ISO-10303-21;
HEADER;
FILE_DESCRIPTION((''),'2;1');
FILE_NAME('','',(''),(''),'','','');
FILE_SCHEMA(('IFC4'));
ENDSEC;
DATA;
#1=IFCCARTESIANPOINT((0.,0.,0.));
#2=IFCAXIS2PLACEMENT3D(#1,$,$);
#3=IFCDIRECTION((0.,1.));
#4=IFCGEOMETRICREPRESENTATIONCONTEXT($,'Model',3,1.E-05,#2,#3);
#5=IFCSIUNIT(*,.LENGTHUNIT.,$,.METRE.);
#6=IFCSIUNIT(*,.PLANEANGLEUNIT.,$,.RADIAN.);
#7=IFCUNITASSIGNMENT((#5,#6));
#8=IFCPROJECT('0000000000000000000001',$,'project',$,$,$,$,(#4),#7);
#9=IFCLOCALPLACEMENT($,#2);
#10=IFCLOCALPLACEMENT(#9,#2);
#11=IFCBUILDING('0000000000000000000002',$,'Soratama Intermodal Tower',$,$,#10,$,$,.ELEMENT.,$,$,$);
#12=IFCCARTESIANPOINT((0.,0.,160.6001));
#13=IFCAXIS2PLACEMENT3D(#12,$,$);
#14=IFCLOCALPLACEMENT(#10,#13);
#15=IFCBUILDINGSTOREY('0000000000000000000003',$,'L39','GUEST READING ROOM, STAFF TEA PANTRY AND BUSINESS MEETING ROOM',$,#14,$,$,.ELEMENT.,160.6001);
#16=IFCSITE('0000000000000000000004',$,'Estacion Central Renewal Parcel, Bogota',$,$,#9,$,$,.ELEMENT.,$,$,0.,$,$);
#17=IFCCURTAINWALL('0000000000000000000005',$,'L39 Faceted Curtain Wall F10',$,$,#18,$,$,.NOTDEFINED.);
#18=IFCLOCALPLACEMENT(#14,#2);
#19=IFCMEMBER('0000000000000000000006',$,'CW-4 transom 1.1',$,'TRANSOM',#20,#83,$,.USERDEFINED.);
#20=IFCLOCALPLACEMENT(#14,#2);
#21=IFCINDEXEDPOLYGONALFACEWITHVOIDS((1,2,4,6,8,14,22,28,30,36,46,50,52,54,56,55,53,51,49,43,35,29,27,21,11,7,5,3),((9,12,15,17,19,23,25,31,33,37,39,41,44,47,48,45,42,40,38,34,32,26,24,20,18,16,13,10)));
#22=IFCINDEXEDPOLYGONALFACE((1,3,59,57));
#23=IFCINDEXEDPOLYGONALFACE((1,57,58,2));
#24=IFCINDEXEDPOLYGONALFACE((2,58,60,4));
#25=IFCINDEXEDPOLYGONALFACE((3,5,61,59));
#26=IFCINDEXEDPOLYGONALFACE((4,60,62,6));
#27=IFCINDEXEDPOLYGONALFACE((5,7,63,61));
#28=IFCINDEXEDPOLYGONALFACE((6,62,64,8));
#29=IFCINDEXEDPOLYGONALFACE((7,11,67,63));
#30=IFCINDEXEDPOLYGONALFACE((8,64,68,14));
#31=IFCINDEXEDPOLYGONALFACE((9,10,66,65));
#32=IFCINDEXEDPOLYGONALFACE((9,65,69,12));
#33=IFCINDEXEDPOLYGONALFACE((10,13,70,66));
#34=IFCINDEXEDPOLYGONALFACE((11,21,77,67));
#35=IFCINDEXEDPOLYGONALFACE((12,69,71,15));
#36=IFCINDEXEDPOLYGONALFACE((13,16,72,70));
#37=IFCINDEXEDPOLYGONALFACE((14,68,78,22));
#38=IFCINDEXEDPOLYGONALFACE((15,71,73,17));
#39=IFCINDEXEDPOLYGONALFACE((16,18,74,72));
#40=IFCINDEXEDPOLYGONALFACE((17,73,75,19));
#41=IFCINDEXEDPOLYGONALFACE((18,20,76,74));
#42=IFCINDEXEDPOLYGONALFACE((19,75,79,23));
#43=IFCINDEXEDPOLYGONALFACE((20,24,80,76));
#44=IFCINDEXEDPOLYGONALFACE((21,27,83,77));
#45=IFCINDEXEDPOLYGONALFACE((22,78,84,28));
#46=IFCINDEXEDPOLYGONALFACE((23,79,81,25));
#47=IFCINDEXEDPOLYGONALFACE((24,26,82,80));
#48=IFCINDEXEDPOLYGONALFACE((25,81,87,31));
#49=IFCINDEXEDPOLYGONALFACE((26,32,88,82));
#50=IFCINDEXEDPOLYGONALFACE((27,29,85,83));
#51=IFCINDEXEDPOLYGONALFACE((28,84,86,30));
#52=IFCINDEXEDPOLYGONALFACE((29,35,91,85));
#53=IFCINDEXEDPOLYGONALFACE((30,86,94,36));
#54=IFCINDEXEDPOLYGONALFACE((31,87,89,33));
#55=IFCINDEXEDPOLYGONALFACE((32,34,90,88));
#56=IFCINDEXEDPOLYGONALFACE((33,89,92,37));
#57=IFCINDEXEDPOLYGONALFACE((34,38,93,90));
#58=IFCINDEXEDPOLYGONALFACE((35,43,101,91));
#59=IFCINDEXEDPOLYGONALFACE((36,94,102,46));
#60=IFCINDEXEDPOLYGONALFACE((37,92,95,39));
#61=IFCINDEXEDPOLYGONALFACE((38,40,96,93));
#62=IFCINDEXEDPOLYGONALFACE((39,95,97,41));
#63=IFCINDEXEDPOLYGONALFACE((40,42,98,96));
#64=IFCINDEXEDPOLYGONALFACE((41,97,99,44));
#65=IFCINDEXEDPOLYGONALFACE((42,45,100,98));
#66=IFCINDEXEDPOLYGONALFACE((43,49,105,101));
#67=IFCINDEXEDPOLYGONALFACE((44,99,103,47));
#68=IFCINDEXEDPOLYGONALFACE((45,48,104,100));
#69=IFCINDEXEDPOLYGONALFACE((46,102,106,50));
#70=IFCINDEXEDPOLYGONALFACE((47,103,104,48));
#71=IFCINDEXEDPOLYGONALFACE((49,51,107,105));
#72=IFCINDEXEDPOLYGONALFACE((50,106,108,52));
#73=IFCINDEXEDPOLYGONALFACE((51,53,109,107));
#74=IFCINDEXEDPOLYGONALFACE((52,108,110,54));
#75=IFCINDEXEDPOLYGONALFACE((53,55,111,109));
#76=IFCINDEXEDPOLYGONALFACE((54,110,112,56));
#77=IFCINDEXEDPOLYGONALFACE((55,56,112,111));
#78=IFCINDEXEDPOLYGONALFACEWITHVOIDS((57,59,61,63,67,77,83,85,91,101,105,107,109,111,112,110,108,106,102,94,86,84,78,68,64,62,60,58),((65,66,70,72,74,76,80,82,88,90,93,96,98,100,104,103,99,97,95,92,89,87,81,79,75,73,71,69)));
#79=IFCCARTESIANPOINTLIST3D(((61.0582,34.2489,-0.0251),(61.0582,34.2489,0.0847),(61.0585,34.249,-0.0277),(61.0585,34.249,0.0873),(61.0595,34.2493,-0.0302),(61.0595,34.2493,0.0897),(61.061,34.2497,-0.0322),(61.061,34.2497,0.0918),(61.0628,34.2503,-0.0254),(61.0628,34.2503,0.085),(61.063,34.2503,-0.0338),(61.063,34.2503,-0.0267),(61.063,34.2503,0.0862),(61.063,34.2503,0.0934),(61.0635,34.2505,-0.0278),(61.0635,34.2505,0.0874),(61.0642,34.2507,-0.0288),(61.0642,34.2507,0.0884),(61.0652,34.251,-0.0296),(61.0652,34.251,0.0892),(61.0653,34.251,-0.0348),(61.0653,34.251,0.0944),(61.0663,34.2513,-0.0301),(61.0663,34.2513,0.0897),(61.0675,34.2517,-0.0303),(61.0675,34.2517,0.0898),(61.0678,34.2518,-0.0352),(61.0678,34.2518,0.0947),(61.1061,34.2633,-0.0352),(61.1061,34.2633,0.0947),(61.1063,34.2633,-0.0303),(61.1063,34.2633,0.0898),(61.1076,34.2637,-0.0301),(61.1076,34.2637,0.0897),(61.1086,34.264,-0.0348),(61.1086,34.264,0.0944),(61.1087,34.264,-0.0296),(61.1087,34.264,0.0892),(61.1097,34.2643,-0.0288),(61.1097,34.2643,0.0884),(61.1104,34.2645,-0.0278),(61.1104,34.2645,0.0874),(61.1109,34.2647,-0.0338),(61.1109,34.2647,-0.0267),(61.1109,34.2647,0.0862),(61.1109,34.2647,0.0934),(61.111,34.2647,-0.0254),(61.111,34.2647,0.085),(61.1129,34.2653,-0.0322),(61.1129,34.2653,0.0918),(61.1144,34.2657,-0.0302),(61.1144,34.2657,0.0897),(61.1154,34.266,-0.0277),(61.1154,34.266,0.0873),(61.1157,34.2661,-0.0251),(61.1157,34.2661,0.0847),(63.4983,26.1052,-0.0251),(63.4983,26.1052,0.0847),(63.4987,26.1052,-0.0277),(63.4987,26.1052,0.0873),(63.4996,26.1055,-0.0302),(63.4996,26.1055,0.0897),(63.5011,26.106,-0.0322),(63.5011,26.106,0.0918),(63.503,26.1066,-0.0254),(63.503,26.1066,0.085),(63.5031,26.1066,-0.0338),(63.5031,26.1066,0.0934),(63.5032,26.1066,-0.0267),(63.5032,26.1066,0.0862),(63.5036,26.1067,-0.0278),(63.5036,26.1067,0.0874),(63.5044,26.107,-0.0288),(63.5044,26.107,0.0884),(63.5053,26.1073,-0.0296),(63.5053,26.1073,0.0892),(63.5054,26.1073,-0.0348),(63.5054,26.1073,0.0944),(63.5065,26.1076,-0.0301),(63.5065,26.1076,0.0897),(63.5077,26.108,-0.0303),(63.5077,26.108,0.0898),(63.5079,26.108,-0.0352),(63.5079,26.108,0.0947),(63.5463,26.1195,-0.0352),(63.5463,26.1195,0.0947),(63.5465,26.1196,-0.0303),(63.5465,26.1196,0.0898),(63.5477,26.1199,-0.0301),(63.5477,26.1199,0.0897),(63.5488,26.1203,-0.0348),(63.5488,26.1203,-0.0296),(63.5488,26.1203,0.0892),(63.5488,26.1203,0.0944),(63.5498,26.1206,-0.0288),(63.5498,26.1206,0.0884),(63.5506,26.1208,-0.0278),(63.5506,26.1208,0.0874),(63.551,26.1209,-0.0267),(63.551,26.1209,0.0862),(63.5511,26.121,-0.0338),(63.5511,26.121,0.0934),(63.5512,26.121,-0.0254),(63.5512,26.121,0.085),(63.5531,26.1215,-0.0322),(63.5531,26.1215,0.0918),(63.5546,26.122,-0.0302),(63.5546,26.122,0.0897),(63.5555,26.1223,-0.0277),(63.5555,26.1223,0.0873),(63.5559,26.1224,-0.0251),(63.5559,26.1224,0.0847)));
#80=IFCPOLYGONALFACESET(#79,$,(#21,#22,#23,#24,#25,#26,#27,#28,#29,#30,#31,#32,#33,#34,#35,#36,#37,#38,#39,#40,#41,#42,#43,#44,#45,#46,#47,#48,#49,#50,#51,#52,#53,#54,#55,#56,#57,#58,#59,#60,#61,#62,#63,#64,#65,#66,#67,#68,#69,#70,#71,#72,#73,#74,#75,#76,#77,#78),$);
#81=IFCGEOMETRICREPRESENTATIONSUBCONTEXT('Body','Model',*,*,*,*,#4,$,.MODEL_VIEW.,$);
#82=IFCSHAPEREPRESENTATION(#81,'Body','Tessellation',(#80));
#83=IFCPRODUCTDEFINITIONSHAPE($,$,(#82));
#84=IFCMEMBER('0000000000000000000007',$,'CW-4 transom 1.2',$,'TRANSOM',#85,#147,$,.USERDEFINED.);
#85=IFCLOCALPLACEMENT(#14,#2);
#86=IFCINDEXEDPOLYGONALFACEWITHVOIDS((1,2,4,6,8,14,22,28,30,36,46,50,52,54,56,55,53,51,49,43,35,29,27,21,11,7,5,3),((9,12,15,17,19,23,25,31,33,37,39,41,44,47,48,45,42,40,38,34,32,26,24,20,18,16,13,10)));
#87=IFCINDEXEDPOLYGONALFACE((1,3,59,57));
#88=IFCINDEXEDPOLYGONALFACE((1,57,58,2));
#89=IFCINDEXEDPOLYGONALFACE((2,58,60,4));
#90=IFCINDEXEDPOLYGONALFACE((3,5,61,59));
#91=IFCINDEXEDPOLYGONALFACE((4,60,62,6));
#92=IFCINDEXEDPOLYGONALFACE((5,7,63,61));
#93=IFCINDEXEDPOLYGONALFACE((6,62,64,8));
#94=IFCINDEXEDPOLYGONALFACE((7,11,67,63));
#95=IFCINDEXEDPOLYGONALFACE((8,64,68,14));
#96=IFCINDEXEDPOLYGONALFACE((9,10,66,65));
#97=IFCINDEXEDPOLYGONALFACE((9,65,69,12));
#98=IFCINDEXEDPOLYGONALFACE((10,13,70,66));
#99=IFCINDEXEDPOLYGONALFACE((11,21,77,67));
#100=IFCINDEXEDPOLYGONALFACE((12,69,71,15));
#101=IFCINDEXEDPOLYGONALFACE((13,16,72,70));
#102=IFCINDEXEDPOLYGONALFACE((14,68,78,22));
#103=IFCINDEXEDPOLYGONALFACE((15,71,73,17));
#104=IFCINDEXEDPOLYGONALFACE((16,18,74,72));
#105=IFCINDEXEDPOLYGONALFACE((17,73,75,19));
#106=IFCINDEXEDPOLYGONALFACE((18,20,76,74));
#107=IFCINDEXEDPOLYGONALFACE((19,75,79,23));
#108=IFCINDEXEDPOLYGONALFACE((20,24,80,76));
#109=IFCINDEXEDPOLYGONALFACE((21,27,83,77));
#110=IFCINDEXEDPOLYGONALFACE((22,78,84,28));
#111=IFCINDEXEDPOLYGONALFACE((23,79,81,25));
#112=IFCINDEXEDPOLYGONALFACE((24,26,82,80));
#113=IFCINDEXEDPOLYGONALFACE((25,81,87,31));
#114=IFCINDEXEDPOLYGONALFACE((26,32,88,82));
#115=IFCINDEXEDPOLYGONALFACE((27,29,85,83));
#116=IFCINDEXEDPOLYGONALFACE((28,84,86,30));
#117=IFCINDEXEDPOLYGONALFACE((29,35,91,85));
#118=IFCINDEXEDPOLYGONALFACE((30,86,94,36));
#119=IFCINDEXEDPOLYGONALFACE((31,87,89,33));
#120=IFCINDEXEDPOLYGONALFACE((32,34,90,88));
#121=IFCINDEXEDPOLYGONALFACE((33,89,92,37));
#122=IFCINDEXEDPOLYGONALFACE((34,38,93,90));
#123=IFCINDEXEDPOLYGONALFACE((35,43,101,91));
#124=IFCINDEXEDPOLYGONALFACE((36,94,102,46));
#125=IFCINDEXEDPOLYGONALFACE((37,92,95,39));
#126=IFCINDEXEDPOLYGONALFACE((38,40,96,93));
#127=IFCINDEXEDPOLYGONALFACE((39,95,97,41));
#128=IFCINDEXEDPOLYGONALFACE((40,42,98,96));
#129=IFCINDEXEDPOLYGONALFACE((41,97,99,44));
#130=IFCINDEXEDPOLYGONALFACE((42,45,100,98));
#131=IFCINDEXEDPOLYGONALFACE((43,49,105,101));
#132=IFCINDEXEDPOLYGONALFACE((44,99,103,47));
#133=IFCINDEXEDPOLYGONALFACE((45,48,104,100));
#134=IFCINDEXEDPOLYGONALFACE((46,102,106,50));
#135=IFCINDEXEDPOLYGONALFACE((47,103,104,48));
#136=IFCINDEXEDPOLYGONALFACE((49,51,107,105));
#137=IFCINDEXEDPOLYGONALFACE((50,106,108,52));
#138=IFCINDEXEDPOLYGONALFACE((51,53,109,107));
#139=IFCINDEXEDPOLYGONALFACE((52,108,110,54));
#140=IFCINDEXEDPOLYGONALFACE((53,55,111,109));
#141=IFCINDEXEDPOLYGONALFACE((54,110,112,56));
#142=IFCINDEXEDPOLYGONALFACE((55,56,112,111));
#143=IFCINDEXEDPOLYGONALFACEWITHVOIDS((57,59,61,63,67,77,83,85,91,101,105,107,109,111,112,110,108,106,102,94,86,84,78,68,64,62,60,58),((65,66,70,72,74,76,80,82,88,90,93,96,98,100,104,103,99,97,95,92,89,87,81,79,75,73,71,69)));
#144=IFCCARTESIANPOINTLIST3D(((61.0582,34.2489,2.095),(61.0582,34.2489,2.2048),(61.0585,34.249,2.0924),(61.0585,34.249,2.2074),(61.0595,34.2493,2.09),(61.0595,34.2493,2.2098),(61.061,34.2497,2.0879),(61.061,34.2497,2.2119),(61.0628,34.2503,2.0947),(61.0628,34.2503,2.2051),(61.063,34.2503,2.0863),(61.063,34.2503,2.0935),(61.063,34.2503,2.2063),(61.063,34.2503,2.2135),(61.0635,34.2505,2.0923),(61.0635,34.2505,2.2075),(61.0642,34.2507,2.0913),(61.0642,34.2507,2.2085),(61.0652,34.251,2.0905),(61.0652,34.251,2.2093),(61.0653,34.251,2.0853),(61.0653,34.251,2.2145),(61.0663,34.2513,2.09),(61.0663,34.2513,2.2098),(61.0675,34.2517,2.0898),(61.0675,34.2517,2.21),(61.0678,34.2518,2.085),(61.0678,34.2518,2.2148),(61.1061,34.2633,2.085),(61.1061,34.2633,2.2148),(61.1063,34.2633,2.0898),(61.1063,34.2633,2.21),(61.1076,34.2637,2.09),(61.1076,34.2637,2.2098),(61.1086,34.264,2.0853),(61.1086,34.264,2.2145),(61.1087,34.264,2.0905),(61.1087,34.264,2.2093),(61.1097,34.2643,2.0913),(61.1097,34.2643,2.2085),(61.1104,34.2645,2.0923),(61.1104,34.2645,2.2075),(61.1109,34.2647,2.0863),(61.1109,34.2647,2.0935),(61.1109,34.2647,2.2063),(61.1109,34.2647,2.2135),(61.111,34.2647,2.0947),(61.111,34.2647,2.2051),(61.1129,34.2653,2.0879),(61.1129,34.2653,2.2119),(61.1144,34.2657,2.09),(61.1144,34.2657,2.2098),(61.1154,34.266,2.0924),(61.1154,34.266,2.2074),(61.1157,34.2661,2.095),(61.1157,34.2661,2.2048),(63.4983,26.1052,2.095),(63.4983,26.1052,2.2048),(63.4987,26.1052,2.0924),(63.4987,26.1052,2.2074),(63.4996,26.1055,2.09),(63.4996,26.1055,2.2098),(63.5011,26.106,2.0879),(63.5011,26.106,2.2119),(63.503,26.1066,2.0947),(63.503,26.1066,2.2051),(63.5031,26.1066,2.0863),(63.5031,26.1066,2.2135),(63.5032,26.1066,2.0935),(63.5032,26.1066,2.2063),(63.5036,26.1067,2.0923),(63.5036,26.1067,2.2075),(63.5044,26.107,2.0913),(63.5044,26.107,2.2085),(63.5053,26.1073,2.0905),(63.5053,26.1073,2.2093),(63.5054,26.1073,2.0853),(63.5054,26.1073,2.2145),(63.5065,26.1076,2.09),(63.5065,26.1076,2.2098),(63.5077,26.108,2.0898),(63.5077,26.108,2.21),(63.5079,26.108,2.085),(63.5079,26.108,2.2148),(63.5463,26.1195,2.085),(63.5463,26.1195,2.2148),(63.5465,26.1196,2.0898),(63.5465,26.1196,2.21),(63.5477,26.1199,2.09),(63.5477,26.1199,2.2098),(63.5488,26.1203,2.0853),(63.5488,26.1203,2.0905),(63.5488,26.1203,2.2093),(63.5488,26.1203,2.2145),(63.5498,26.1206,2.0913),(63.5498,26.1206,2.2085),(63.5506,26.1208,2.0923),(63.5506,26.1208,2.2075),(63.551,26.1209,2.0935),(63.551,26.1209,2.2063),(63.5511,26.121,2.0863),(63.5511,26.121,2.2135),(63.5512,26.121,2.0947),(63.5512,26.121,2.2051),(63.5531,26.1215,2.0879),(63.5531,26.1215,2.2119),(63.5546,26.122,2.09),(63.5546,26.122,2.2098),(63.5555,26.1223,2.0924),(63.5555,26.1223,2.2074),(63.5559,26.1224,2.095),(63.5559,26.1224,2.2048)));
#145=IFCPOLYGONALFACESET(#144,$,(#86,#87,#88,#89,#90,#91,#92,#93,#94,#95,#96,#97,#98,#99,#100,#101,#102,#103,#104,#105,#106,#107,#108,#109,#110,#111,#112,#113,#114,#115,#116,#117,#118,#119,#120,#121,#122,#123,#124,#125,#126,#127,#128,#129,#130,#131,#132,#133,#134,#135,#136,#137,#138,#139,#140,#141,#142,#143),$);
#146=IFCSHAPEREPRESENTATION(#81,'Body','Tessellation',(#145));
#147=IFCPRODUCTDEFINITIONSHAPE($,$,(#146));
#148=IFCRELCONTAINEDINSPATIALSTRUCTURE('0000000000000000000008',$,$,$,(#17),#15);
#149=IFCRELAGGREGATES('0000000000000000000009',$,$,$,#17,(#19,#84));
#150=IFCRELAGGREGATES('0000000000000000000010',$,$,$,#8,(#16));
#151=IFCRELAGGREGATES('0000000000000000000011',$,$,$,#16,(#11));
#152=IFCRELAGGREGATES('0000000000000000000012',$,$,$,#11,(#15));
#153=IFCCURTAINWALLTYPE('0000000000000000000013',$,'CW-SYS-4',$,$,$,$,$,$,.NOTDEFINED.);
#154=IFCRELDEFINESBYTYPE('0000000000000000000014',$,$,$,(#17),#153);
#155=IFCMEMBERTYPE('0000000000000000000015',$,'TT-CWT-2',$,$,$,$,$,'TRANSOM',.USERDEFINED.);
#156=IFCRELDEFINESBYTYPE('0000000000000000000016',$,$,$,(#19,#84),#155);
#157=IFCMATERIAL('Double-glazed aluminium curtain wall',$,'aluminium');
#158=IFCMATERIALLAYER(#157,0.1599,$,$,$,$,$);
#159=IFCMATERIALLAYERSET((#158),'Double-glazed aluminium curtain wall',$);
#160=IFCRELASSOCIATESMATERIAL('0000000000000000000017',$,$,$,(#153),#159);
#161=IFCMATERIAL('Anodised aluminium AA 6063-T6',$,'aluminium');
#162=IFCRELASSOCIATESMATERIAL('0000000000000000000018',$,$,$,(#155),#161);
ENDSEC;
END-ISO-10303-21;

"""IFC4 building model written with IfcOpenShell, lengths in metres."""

from ifc_helpers import new_model, si_unit, direction, frame, origin, origin_2d, place, context, subcontext, project, spatial, hollow_rectangle, extrude, material, layer, layer_set, material_profile, profile_set, type_object, element, aggregate, save


model = new_model("IFC4")

# Units and contexts
model_context = context("Model", 3, precision=1e-05, world=origin(), true_north=direction((0.0, 1.0)))
body_context = subcontext(model_context, "Body", "Model", "MODEL_VIEW")
ifc_project = project(units=[si_unit("LENGTHUNIT", "METRE"), si_unit("PLANEANGLEUNIT", "RADIAN")], contexts=[model_context])

# Site, building, storey
site_placement = place(None, origin())
site = spatial("IfcSite", under=ifc_project, at=site_placement, Name="Estacion Central Renewal Parcel, Bogota", CompositionType="ELEMENT", RefElevation=0.0)
building_placement = place(site_placement, origin())
building = spatial("IfcBuilding", under=site, at=building_placement, Name="Soratama Intermodal Tower", CompositionType="ELEMENT")
storey_placement = place(building_placement, frame((0.0, 0.0, 160.6001)))
storey = spatial("IfcBuildingStorey", under=building, at=storey_placement, Name="L39", Description="GUEST READING ROOM, STAFF TEA PANTRY AND BUSINESS MEETING ROOM", CompositionType="ELEMENT", Elevation=160.6001)

# Curtain wall, members
ifc_material_1 = material(Name="Double-glazed aluminium curtain wall", Category="aluminium")
ifc_layer_1 = layer(ifc_material_1, 0.1599)
ifc_layer_set_1 = layer_set([ifc_layer_1], Name="Double-glazed aluminium curtain wall")
curtain_wall_type = type_object("IfcCurtainWallType", Name="CW-SYS-4", PredefinedType="NOTDEFINED", material=ifc_layer_set_1)
curtain_wall_placement = place(storey_placement, origin())
curtain_wall = element("IfcCurtainWall", 1, at=curtain_wall_placement, inside=storey, type_object=curtain_wall_type, Name="L39 Faceted Curtain Wall F10", PredefinedType="NOTDEFINED")
ifc_material_2 = material(Name="Anodised aluminium AA 6063-T6", Category="aluminium")
ifc_material_profile_1 = material_profile(ifc_material_2, hollow_rectangle(XDim=0.0601, YDim=0.1299, WallThickness=0.0049, InnerFilletRadius=0.0049, OuterFilletRadius=0.01, at=origin_2d()), Name="CWT130X60X5")
ifc_profile_set_1 = profile_set([ifc_material_profile_1], Name="Anodised aluminium AA 6063-T6")
member_type_1 = type_object("IfcMemberType", Name="TT-CWT-2", ElementType="TRANSOM", PredefinedType="USERDEFINED", material=ifc_profile_set_1)
member_1_placement = place(storey_placement, frame((63.5271, 26.1138, 0.0298), z_axis=(-0.287029, 0.957922, 0.0), x_axis=(-0.957922, -0.287029, 0.0)))
member_1 = element("IfcMember", 2, at=member_1_placement, type_object=member_type_1, Name="CW-4 transom 1.1", ObjectType="TRANSOM", PredefinedType="USERDEFINED", context=body_context, shape_type="SweptSolid", body=[
    extrude(hollow_rectangle(XDim=0.0601, YDim=0.1299, WallThickness=0.0049, InnerFilletRadius=0.0049, OuterFilletRadius=0.01, at=origin_2d()), origin(), (0.0, 0.0, 1.0), 8.5015),
])
member_2_placement = place(storey_placement, frame((63.5271, 26.1138, 2.1499), z_axis=(-0.287029, 0.957922, 0.0), x_axis=(-0.957922, -0.287029, 0.0)))
member_2 = element("IfcMember", 3, at=member_2_placement, type_object=member_type_1, Name="CW-4 transom 1.2", ObjectType="TRANSOM", PredefinedType="USERDEFINED", context=body_context, shape_type="SweptSolid", body=[
    extrude(hollow_rectangle(XDim=0.0601, YDim=0.1299, WallThickness=0.0049, InnerFilletRadius=0.0049, OuterFilletRadius=0.01, at=origin_2d()), origin(), (0.0, 0.0, 1.0), 8.5015),
])
aggregate(curtain_wall, [member_1, member_2])

save(model, "model.ifc")
